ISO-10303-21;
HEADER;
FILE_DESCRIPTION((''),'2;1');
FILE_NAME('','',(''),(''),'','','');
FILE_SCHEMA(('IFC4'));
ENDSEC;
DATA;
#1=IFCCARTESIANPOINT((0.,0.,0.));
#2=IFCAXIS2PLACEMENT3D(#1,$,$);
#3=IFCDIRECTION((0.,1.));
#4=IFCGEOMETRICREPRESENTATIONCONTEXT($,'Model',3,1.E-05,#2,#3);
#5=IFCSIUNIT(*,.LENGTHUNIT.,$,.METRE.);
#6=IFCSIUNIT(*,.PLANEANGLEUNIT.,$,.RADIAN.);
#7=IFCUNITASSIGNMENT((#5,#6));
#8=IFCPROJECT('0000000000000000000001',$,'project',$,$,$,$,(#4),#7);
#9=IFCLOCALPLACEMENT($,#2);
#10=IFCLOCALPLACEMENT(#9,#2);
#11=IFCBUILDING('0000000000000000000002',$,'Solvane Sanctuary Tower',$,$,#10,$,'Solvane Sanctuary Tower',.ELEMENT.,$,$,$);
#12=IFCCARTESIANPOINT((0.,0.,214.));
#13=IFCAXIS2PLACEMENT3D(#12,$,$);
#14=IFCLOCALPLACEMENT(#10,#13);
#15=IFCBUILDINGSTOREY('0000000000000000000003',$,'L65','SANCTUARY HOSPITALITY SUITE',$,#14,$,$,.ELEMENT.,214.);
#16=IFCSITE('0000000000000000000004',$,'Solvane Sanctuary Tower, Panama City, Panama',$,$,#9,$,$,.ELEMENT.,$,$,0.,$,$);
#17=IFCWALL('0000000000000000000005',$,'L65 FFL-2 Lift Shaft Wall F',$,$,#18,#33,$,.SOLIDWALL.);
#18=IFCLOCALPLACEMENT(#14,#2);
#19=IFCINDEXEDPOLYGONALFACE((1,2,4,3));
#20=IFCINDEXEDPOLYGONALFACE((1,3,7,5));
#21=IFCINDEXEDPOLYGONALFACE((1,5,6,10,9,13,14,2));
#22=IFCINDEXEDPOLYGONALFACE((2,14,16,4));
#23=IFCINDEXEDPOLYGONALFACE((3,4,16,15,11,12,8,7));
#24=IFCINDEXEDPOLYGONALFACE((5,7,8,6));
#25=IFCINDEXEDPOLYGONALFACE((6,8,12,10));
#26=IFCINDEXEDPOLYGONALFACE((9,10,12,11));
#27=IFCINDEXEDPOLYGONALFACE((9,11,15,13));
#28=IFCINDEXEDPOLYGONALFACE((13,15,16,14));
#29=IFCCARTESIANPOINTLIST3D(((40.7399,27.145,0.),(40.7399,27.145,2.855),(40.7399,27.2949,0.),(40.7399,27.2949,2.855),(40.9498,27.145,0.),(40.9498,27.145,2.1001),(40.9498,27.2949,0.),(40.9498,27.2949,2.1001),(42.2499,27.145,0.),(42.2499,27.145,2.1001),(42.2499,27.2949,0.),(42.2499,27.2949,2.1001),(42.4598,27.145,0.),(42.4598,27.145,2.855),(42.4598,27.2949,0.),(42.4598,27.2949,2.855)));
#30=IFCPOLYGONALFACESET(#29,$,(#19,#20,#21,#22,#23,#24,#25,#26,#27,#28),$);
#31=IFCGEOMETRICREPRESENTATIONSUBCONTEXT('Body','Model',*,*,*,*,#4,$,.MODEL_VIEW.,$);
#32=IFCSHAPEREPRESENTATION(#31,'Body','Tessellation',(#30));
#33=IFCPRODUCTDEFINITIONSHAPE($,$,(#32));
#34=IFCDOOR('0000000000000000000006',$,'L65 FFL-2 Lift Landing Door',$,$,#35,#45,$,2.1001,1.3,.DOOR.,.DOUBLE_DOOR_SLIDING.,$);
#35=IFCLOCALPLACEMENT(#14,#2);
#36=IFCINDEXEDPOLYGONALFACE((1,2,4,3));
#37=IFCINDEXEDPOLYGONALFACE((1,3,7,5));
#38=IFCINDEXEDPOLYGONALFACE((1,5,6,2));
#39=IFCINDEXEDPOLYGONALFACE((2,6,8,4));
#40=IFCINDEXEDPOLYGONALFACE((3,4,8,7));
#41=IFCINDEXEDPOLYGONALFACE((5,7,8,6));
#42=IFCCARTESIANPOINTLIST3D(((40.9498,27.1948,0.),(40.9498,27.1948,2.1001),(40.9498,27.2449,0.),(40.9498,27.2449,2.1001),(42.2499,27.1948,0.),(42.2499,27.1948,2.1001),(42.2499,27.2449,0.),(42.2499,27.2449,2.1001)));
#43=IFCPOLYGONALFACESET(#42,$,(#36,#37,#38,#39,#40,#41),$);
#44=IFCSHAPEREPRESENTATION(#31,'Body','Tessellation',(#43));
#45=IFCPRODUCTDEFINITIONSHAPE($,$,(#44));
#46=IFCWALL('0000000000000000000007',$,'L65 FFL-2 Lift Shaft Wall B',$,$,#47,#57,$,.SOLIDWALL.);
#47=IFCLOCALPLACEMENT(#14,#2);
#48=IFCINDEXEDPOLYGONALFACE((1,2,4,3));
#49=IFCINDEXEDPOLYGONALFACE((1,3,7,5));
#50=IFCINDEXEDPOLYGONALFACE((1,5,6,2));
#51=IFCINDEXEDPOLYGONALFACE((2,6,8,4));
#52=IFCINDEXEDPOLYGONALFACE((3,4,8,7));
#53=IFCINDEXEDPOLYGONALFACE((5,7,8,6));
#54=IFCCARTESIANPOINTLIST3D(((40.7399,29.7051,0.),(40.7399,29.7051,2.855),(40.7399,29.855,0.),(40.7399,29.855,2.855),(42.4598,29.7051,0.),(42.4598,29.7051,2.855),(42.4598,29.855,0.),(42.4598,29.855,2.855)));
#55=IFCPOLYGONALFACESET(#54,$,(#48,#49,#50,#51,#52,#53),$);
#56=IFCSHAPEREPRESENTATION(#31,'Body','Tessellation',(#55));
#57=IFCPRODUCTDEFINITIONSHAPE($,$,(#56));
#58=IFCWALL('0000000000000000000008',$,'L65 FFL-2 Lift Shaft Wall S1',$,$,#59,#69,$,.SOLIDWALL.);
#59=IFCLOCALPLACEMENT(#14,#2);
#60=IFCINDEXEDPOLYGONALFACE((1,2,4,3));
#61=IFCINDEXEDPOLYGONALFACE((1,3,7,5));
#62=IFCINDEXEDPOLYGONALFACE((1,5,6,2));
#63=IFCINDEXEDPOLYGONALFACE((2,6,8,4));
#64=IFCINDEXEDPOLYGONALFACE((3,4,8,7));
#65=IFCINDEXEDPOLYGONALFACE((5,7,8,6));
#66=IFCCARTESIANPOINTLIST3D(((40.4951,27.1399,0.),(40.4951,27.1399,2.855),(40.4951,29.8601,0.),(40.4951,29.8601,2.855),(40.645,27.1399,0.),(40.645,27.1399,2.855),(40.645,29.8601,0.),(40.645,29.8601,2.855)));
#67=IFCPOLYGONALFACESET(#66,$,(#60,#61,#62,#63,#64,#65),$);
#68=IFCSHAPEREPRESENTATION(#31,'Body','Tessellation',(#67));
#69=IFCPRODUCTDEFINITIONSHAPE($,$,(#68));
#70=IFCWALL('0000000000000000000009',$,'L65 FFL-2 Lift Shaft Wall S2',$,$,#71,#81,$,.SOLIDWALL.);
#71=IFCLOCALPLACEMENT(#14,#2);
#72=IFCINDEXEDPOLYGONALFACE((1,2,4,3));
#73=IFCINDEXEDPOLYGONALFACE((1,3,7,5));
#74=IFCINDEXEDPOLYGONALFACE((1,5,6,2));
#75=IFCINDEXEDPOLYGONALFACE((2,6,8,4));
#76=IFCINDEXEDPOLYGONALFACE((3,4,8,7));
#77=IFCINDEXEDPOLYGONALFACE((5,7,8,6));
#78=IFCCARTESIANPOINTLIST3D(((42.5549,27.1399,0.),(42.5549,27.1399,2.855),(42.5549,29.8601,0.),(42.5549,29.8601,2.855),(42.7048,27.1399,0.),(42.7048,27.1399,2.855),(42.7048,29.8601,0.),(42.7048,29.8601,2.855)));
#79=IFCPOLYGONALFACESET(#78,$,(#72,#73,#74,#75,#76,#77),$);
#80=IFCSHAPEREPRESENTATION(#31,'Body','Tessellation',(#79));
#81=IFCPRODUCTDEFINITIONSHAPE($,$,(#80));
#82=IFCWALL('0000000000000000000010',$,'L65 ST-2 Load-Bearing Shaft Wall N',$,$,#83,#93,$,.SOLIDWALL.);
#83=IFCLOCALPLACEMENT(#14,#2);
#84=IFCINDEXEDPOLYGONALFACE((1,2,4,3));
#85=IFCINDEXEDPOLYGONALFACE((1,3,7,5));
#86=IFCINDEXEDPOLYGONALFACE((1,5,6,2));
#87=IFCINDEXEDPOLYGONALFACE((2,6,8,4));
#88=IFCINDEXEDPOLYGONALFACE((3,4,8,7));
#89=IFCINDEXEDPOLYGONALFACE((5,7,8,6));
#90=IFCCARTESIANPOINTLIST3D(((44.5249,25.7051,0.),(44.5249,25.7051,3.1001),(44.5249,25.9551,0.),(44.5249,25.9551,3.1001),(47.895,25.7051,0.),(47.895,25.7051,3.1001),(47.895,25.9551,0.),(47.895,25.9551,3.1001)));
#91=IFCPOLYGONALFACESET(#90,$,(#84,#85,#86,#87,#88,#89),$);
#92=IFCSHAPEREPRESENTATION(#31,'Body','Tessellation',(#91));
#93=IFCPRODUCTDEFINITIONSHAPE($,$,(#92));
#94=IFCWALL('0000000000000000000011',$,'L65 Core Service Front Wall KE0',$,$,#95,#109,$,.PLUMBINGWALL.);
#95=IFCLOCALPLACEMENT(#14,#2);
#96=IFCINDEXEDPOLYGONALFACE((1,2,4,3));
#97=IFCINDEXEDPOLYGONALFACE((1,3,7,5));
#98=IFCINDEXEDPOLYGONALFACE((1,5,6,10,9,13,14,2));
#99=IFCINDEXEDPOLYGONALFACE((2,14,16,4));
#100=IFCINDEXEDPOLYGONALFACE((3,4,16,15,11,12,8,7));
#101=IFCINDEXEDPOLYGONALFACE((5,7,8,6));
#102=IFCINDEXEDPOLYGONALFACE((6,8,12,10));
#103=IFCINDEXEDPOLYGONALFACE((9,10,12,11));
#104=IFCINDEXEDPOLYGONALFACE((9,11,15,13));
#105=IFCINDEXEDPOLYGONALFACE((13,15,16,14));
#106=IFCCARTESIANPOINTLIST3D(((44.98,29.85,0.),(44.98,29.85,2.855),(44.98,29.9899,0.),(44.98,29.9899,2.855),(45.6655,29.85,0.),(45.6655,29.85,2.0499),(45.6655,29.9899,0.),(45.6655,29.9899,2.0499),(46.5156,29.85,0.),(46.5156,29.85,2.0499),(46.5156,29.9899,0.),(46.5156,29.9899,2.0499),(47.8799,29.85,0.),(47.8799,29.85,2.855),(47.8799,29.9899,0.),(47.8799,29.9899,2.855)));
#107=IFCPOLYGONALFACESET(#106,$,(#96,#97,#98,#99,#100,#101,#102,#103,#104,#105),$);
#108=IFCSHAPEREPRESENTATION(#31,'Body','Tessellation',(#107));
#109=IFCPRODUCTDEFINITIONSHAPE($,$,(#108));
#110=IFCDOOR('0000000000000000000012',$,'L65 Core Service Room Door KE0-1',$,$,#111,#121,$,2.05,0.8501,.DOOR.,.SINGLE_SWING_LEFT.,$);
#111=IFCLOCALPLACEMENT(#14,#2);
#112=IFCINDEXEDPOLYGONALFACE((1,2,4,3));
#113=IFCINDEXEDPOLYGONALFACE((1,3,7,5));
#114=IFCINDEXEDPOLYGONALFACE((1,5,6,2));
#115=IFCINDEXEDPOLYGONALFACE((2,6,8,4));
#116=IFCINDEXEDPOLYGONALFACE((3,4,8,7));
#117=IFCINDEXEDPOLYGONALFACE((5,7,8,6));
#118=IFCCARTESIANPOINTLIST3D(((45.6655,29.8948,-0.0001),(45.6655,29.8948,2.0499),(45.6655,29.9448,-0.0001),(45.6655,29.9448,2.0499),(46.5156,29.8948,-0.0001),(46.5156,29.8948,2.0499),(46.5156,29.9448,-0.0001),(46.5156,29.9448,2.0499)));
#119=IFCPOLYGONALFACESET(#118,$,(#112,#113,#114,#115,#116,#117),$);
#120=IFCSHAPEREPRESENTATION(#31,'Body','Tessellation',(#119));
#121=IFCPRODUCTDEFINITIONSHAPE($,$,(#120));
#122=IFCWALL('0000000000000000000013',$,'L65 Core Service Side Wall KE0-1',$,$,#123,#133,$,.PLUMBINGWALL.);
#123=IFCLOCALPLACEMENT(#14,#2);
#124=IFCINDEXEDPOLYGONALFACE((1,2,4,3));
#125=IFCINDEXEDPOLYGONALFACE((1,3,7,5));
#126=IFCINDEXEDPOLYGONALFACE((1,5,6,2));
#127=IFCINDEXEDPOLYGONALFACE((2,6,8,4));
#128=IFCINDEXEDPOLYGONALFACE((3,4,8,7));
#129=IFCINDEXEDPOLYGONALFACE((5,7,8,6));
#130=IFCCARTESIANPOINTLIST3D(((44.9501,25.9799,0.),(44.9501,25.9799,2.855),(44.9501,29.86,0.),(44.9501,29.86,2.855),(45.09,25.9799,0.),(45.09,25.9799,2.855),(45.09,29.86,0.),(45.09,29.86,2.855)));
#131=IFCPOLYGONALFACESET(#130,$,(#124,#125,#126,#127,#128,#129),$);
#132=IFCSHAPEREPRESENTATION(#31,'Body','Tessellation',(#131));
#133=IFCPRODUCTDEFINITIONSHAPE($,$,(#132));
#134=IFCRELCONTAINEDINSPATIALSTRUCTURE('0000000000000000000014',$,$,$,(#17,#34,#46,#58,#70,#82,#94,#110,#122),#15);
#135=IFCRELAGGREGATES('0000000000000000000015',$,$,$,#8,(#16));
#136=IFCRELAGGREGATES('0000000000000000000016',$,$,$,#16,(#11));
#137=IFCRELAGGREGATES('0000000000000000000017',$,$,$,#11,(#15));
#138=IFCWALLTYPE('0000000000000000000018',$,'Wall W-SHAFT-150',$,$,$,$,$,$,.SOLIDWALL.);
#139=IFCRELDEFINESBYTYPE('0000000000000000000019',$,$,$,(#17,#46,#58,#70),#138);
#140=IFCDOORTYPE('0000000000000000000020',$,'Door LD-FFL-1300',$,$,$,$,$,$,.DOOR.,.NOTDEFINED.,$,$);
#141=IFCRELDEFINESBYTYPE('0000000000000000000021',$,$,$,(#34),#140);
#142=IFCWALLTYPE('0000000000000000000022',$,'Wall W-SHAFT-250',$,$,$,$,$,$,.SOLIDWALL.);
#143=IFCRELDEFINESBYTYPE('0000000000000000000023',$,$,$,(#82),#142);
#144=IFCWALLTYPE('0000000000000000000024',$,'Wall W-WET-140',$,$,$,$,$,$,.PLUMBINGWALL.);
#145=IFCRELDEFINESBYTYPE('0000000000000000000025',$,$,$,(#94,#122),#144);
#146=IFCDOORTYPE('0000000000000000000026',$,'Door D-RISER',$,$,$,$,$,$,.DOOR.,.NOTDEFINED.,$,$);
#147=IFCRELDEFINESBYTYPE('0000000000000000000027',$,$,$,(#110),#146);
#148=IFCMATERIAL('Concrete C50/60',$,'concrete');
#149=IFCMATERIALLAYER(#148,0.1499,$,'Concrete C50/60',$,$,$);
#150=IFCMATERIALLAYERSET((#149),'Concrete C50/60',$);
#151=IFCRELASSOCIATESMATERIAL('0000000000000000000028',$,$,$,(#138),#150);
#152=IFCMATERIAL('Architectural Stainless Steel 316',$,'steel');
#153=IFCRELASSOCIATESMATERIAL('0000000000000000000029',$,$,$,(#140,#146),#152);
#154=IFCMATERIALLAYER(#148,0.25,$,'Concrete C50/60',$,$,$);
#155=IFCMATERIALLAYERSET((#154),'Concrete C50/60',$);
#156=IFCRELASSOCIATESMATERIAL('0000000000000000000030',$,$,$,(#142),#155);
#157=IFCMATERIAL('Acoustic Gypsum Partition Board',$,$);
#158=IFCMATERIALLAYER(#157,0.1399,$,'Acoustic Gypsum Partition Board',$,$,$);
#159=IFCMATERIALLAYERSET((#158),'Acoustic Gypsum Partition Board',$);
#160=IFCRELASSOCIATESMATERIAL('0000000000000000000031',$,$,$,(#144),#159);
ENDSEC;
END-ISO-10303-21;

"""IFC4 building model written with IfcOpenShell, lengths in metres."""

from ifc_helpers import new_model, si_unit, direction, frame, frame_2d, origin, place, context, subcontext, project, spatial, rectangle, extrude, material, layer, layer_set, type_object, element, fill, save


model = new_model("IFC4")

# Units and contexts
model_context = context("Model", 3, precision=1e-05, world=origin(), true_north=direction((0.0, 1.0)))
body_context = subcontext(model_context, "Body", "Model", "MODEL_VIEW")
ifc_project = project(units=[si_unit("LENGTHUNIT", "METRE"), si_unit("PLANEANGLEUNIT", "RADIAN")], contexts=[model_context])

# Site, building, storey
site_placement = place(None, origin())
site = spatial("IfcSite", under=ifc_project, at=site_placement, Name="Solvane Sanctuary Tower, Panama City, Panama", CompositionType="ELEMENT", RefElevation=0.0)
building_placement = place(site_placement, origin())
building = spatial("IfcBuilding", under=site, at=building_placement, Name="Solvane Sanctuary Tower", LongName="Solvane Sanctuary Tower", CompositionType="ELEMENT")
storey_placement = place(building_placement, frame((0.0, 0.0, 214.0)))
storey = spatial("IfcBuildingStorey", under=building, at=storey_placement, Name="L65", Description="SANCTUARY HOSPITALITY SUITE", CompositionType="ELEMENT", Elevation=214.0)

# Shared definitions
ifc_material_1 = material(Name="Concrete C50/60", Category="concrete")

# Shared definitions
ifc_material_2 = material(Name="Acoustic Gypsum Partition Board")

# Shared definitions
ifc_material_3 = material(Name="Architectural Stainless Steel 316", Category="steel")

# Shared definitions
ifc_layer_1 = layer(ifc_material_1, 0.1499, Name="Concrete C50/60")
ifc_layer_set_1 = layer_set([ifc_layer_1], Name="Concrete C50/60")
wall_type_1 = type_object("IfcWallType", Name="Wall W-SHAFT-150", PredefinedType="SOLIDWALL", material=ifc_layer_set_1)

# Wall, opening, door
wall_1_placement = place(storey_placement, frame((40.74, 27.22, 0.0), z_axis=(0.0, 0.0, 1.0), x_axis=(1.0, 0.0, 0.0)))
wall_1 = element("IfcWall", 1, at=wall_1_placement, inside=storey, type_object=wall_type_1, Name="L65 FFL-2 Lift Shaft Wall F", PredefinedType="SOLIDWALL", context=body_context, shape_type="SweptSolid", body=[
    extrude(rectangle(XDim=1.72, YDim=0.1499, at=frame_2d((0.8599, 0.0))), origin(), (0.0, 0.0, 1.0), 2.855),
])
opening_1_placement = place(wall_1_placement, frame((0.21, 0.0, 0.0)))
opening_1 = element("IfcOpeningElement", 2, at=opening_1_placement, cuts=wall_1, PredefinedType="OPENING", context=body_context, shape_type="SweptSolid", body=[
    extrude(rectangle(XDim=1.3, YDim=2.1001, at=frame_2d((0.6499, 1.05))), frame((0.0, 0.085, 0.0), z_axis=(0.0, -1.0, 0.0), x_axis=(1.0, 0.0, 0.0)), (0.0, 0.0, 1.0), 0.1699),
])
door_type_1 = type_object("IfcDoorType", Name="Door LD-FFL-1300", OperationType="NOTDEFINED", PredefinedType="DOOR", material=ifc_material_3)
door_1_placement = place(opening_1_placement, origin())
door_1 = element("IfcDoor", 3, at=door_1_placement, inside=storey, type_object=door_type_1, Name="L65 FFL-2 Lift Landing Door", OperationType="DOUBLE_DOOR_SLIDING", OverallHeight=2.1001, OverallWidth=1.3, PredefinedType="DOOR", context=body_context, shape_type="SweptSolid", body=[
    extrude(rectangle(XDim=1.3, YDim=2.1001, at=frame_2d((0.6499, 1.05))), frame((0.0, 0.0249, 0.0), z_axis=(0.0, -1.0, 0.0), x_axis=(1.0, 0.0, 0.0)), (0.0, 0.0, 1.0), 0.05),
])
fill(opening_1, door_1)

# Walls
wall_2_placement = place(storey_placement, frame((40.74, 29.78, 0.0), z_axis=(0.0, 0.0, 1.0), x_axis=(1.0, 0.0, 0.0)))
element("IfcWall", 4, at=wall_2_placement, inside=storey, type_object=wall_type_1, Name="L65 FFL-2 Lift Shaft Wall B", PredefinedType="SOLIDWALL", context=body_context, shape_type="SweptSolid", body=[
    extrude(rectangle(XDim=1.72, YDim=0.1499, at=frame_2d((0.8599, 0.0))), origin(), (0.0, 0.0, 1.0), 2.855),
])
for number, where, z_axis, x_axis, name in (
    (5, (40.5701, 27.1399, 0.0), (0.0, 0.0, 1.0), (0.0, 1.0, 0.0), "L65 FFL-2 Lift Shaft Wall S1"),
    (6, (42.6299, 27.1399, 0.0), (0.0, 0.0, 1.0), (0.0, 1.0, 0.0), "L65 FFL-2 Lift Shaft Wall S2"),
):
    element("IfcWall", number, at=place(storey_placement, frame(where, z_axis=z_axis, x_axis=x_axis)), inside=storey, type_object=wall_type_1, Name=name, PredefinedType="SOLIDWALL", context=body_context, shape_type="SweptSolid", body=[
        extrude(rectangle(XDim=2.7202, YDim=0.1499, at=frame_2d((1.3601, 0.0))), origin(), (0.0, 0.0, 1.0), 2.855),
    ])
ifc_layer_2 = layer(ifc_material_1, 0.25, Name="Concrete C50/60")
ifc_layer_set_2 = layer_set([ifc_layer_2], Name="Concrete C50/60")
wall_type_2 = type_object("IfcWallType", Name="Wall W-SHAFT-250", PredefinedType="SOLIDWALL", material=ifc_layer_set_2)
wall_3_placement = place(storey_placement, frame((44.5249, 25.8301, 0.0), z_axis=(0.0, 0.0, 1.0), x_axis=(1.0, 0.0, 0.0)))
element("IfcWall", 7, at=wall_3_placement, inside=storey, type_object=wall_type_2, Name="L65 ST-2 Load-Bearing Shaft Wall N", PredefinedType="SOLIDWALL", context=body_context, shape_type="SweptSolid", body=[
    extrude(rectangle(XDim=3.3701, YDim=0.25, at=frame_2d((1.6851, 0.0))), origin(), (0.0, 0.0, 1.0), 3.1001),
])

# Wall, opening, door
ifc_layer_3 = layer(ifc_material_2, 0.1399, Name="Acoustic Gypsum Partition Board")
ifc_layer_set_3 = layer_set([ifc_layer_3], Name="Acoustic Gypsum Partition Board")
wall_type_3 = type_object("IfcWallType", Name="Wall W-WET-140", PredefinedType="PLUMBINGWALL", material=ifc_layer_set_3)
wall_4_placement = place(storey_placement, frame((44.98, 29.9199, 0.0), z_axis=(0.0, 0.0, 1.0), x_axis=(1.0, 0.0, 0.0)))
wall_4 = element("IfcWall", 8, at=wall_4_placement, inside=storey, type_object=wall_type_3, Name="L65 Core Service Front Wall KE0", PredefinedType="PLUMBINGWALL", context=body_context, shape_type="SweptSolid", body=[
    extrude(rectangle(XDim=2.8999, YDim=0.1399, at=frame_2d((1.45, 0.0))), origin(), (0.0, 0.0, 1.0), 2.855),
])
opening_2_placement = place(wall_4_placement, frame((0.6855, 0.0, 0.0)))
opening_2 = element("IfcOpeningElement", 9, at=opening_2_placement, cuts=wall_4, PredefinedType="OPENING", context=body_context, shape_type="SweptSolid", body=[
    extrude(rectangle(XDim=0.8501, YDim=2.05, at=frame_2d((0.425, 1.0249))), frame((0.0, 0.0798, 0.0), z_axis=(0.0, -1.0, 0.0), x_axis=(1.0, 0.0, 0.0)), (0.0, 0.0, 1.0), 0.1599),
])
door_type_2 = type_object("IfcDoorType", Name="Door D-RISER", OperationType="NOTDEFINED", PredefinedType="DOOR", material=ifc_material_3)
door_2_placement = place(opening_2_placement, origin())
door_2 = element("IfcDoor", 10, at=door_2_placement, inside=storey, type_object=door_type_2, Name="L65 Core Service Room Door KE0-1", OperationType="SINGLE_SWING_LEFT", OverallHeight=2.05, OverallWidth=0.8501, PredefinedType="DOOR", context=body_context, shape_type="SweptSolid", body=[
    extrude(rectangle(XDim=0.8501, YDim=2.05, at=frame_2d((0.425, 1.0249))), frame((0.0, 0.0249, 0.0), z_axis=(0.0, -1.0, 0.0), x_axis=(1.0, 0.0, 0.0)), (0.0, 0.0, 1.0), 0.05),
])
fill(opening_2, door_2)

# Wall
wall_5_placement = place(storey_placement, frame((45.02, 25.98, 0.0), z_axis=(0.0, 0.0, 1.0), x_axis=(0.0, 1.0, 0.0)))
element("IfcWall", 11, at=wall_5_placement, inside=storey, type_object=wall_type_3, Name="L65 Core Service Side Wall KE0-1", PredefinedType="PLUMBINGWALL", context=body_context, shape_type="SweptSolid", body=[
    extrude(rectangle(XDim=3.8801, YDim=0.1399, at=frame_2d((1.9399, 0.0))), origin(), (0.0, 0.0, 1.0), 2.855),
])

save(model, "model.ifc")
